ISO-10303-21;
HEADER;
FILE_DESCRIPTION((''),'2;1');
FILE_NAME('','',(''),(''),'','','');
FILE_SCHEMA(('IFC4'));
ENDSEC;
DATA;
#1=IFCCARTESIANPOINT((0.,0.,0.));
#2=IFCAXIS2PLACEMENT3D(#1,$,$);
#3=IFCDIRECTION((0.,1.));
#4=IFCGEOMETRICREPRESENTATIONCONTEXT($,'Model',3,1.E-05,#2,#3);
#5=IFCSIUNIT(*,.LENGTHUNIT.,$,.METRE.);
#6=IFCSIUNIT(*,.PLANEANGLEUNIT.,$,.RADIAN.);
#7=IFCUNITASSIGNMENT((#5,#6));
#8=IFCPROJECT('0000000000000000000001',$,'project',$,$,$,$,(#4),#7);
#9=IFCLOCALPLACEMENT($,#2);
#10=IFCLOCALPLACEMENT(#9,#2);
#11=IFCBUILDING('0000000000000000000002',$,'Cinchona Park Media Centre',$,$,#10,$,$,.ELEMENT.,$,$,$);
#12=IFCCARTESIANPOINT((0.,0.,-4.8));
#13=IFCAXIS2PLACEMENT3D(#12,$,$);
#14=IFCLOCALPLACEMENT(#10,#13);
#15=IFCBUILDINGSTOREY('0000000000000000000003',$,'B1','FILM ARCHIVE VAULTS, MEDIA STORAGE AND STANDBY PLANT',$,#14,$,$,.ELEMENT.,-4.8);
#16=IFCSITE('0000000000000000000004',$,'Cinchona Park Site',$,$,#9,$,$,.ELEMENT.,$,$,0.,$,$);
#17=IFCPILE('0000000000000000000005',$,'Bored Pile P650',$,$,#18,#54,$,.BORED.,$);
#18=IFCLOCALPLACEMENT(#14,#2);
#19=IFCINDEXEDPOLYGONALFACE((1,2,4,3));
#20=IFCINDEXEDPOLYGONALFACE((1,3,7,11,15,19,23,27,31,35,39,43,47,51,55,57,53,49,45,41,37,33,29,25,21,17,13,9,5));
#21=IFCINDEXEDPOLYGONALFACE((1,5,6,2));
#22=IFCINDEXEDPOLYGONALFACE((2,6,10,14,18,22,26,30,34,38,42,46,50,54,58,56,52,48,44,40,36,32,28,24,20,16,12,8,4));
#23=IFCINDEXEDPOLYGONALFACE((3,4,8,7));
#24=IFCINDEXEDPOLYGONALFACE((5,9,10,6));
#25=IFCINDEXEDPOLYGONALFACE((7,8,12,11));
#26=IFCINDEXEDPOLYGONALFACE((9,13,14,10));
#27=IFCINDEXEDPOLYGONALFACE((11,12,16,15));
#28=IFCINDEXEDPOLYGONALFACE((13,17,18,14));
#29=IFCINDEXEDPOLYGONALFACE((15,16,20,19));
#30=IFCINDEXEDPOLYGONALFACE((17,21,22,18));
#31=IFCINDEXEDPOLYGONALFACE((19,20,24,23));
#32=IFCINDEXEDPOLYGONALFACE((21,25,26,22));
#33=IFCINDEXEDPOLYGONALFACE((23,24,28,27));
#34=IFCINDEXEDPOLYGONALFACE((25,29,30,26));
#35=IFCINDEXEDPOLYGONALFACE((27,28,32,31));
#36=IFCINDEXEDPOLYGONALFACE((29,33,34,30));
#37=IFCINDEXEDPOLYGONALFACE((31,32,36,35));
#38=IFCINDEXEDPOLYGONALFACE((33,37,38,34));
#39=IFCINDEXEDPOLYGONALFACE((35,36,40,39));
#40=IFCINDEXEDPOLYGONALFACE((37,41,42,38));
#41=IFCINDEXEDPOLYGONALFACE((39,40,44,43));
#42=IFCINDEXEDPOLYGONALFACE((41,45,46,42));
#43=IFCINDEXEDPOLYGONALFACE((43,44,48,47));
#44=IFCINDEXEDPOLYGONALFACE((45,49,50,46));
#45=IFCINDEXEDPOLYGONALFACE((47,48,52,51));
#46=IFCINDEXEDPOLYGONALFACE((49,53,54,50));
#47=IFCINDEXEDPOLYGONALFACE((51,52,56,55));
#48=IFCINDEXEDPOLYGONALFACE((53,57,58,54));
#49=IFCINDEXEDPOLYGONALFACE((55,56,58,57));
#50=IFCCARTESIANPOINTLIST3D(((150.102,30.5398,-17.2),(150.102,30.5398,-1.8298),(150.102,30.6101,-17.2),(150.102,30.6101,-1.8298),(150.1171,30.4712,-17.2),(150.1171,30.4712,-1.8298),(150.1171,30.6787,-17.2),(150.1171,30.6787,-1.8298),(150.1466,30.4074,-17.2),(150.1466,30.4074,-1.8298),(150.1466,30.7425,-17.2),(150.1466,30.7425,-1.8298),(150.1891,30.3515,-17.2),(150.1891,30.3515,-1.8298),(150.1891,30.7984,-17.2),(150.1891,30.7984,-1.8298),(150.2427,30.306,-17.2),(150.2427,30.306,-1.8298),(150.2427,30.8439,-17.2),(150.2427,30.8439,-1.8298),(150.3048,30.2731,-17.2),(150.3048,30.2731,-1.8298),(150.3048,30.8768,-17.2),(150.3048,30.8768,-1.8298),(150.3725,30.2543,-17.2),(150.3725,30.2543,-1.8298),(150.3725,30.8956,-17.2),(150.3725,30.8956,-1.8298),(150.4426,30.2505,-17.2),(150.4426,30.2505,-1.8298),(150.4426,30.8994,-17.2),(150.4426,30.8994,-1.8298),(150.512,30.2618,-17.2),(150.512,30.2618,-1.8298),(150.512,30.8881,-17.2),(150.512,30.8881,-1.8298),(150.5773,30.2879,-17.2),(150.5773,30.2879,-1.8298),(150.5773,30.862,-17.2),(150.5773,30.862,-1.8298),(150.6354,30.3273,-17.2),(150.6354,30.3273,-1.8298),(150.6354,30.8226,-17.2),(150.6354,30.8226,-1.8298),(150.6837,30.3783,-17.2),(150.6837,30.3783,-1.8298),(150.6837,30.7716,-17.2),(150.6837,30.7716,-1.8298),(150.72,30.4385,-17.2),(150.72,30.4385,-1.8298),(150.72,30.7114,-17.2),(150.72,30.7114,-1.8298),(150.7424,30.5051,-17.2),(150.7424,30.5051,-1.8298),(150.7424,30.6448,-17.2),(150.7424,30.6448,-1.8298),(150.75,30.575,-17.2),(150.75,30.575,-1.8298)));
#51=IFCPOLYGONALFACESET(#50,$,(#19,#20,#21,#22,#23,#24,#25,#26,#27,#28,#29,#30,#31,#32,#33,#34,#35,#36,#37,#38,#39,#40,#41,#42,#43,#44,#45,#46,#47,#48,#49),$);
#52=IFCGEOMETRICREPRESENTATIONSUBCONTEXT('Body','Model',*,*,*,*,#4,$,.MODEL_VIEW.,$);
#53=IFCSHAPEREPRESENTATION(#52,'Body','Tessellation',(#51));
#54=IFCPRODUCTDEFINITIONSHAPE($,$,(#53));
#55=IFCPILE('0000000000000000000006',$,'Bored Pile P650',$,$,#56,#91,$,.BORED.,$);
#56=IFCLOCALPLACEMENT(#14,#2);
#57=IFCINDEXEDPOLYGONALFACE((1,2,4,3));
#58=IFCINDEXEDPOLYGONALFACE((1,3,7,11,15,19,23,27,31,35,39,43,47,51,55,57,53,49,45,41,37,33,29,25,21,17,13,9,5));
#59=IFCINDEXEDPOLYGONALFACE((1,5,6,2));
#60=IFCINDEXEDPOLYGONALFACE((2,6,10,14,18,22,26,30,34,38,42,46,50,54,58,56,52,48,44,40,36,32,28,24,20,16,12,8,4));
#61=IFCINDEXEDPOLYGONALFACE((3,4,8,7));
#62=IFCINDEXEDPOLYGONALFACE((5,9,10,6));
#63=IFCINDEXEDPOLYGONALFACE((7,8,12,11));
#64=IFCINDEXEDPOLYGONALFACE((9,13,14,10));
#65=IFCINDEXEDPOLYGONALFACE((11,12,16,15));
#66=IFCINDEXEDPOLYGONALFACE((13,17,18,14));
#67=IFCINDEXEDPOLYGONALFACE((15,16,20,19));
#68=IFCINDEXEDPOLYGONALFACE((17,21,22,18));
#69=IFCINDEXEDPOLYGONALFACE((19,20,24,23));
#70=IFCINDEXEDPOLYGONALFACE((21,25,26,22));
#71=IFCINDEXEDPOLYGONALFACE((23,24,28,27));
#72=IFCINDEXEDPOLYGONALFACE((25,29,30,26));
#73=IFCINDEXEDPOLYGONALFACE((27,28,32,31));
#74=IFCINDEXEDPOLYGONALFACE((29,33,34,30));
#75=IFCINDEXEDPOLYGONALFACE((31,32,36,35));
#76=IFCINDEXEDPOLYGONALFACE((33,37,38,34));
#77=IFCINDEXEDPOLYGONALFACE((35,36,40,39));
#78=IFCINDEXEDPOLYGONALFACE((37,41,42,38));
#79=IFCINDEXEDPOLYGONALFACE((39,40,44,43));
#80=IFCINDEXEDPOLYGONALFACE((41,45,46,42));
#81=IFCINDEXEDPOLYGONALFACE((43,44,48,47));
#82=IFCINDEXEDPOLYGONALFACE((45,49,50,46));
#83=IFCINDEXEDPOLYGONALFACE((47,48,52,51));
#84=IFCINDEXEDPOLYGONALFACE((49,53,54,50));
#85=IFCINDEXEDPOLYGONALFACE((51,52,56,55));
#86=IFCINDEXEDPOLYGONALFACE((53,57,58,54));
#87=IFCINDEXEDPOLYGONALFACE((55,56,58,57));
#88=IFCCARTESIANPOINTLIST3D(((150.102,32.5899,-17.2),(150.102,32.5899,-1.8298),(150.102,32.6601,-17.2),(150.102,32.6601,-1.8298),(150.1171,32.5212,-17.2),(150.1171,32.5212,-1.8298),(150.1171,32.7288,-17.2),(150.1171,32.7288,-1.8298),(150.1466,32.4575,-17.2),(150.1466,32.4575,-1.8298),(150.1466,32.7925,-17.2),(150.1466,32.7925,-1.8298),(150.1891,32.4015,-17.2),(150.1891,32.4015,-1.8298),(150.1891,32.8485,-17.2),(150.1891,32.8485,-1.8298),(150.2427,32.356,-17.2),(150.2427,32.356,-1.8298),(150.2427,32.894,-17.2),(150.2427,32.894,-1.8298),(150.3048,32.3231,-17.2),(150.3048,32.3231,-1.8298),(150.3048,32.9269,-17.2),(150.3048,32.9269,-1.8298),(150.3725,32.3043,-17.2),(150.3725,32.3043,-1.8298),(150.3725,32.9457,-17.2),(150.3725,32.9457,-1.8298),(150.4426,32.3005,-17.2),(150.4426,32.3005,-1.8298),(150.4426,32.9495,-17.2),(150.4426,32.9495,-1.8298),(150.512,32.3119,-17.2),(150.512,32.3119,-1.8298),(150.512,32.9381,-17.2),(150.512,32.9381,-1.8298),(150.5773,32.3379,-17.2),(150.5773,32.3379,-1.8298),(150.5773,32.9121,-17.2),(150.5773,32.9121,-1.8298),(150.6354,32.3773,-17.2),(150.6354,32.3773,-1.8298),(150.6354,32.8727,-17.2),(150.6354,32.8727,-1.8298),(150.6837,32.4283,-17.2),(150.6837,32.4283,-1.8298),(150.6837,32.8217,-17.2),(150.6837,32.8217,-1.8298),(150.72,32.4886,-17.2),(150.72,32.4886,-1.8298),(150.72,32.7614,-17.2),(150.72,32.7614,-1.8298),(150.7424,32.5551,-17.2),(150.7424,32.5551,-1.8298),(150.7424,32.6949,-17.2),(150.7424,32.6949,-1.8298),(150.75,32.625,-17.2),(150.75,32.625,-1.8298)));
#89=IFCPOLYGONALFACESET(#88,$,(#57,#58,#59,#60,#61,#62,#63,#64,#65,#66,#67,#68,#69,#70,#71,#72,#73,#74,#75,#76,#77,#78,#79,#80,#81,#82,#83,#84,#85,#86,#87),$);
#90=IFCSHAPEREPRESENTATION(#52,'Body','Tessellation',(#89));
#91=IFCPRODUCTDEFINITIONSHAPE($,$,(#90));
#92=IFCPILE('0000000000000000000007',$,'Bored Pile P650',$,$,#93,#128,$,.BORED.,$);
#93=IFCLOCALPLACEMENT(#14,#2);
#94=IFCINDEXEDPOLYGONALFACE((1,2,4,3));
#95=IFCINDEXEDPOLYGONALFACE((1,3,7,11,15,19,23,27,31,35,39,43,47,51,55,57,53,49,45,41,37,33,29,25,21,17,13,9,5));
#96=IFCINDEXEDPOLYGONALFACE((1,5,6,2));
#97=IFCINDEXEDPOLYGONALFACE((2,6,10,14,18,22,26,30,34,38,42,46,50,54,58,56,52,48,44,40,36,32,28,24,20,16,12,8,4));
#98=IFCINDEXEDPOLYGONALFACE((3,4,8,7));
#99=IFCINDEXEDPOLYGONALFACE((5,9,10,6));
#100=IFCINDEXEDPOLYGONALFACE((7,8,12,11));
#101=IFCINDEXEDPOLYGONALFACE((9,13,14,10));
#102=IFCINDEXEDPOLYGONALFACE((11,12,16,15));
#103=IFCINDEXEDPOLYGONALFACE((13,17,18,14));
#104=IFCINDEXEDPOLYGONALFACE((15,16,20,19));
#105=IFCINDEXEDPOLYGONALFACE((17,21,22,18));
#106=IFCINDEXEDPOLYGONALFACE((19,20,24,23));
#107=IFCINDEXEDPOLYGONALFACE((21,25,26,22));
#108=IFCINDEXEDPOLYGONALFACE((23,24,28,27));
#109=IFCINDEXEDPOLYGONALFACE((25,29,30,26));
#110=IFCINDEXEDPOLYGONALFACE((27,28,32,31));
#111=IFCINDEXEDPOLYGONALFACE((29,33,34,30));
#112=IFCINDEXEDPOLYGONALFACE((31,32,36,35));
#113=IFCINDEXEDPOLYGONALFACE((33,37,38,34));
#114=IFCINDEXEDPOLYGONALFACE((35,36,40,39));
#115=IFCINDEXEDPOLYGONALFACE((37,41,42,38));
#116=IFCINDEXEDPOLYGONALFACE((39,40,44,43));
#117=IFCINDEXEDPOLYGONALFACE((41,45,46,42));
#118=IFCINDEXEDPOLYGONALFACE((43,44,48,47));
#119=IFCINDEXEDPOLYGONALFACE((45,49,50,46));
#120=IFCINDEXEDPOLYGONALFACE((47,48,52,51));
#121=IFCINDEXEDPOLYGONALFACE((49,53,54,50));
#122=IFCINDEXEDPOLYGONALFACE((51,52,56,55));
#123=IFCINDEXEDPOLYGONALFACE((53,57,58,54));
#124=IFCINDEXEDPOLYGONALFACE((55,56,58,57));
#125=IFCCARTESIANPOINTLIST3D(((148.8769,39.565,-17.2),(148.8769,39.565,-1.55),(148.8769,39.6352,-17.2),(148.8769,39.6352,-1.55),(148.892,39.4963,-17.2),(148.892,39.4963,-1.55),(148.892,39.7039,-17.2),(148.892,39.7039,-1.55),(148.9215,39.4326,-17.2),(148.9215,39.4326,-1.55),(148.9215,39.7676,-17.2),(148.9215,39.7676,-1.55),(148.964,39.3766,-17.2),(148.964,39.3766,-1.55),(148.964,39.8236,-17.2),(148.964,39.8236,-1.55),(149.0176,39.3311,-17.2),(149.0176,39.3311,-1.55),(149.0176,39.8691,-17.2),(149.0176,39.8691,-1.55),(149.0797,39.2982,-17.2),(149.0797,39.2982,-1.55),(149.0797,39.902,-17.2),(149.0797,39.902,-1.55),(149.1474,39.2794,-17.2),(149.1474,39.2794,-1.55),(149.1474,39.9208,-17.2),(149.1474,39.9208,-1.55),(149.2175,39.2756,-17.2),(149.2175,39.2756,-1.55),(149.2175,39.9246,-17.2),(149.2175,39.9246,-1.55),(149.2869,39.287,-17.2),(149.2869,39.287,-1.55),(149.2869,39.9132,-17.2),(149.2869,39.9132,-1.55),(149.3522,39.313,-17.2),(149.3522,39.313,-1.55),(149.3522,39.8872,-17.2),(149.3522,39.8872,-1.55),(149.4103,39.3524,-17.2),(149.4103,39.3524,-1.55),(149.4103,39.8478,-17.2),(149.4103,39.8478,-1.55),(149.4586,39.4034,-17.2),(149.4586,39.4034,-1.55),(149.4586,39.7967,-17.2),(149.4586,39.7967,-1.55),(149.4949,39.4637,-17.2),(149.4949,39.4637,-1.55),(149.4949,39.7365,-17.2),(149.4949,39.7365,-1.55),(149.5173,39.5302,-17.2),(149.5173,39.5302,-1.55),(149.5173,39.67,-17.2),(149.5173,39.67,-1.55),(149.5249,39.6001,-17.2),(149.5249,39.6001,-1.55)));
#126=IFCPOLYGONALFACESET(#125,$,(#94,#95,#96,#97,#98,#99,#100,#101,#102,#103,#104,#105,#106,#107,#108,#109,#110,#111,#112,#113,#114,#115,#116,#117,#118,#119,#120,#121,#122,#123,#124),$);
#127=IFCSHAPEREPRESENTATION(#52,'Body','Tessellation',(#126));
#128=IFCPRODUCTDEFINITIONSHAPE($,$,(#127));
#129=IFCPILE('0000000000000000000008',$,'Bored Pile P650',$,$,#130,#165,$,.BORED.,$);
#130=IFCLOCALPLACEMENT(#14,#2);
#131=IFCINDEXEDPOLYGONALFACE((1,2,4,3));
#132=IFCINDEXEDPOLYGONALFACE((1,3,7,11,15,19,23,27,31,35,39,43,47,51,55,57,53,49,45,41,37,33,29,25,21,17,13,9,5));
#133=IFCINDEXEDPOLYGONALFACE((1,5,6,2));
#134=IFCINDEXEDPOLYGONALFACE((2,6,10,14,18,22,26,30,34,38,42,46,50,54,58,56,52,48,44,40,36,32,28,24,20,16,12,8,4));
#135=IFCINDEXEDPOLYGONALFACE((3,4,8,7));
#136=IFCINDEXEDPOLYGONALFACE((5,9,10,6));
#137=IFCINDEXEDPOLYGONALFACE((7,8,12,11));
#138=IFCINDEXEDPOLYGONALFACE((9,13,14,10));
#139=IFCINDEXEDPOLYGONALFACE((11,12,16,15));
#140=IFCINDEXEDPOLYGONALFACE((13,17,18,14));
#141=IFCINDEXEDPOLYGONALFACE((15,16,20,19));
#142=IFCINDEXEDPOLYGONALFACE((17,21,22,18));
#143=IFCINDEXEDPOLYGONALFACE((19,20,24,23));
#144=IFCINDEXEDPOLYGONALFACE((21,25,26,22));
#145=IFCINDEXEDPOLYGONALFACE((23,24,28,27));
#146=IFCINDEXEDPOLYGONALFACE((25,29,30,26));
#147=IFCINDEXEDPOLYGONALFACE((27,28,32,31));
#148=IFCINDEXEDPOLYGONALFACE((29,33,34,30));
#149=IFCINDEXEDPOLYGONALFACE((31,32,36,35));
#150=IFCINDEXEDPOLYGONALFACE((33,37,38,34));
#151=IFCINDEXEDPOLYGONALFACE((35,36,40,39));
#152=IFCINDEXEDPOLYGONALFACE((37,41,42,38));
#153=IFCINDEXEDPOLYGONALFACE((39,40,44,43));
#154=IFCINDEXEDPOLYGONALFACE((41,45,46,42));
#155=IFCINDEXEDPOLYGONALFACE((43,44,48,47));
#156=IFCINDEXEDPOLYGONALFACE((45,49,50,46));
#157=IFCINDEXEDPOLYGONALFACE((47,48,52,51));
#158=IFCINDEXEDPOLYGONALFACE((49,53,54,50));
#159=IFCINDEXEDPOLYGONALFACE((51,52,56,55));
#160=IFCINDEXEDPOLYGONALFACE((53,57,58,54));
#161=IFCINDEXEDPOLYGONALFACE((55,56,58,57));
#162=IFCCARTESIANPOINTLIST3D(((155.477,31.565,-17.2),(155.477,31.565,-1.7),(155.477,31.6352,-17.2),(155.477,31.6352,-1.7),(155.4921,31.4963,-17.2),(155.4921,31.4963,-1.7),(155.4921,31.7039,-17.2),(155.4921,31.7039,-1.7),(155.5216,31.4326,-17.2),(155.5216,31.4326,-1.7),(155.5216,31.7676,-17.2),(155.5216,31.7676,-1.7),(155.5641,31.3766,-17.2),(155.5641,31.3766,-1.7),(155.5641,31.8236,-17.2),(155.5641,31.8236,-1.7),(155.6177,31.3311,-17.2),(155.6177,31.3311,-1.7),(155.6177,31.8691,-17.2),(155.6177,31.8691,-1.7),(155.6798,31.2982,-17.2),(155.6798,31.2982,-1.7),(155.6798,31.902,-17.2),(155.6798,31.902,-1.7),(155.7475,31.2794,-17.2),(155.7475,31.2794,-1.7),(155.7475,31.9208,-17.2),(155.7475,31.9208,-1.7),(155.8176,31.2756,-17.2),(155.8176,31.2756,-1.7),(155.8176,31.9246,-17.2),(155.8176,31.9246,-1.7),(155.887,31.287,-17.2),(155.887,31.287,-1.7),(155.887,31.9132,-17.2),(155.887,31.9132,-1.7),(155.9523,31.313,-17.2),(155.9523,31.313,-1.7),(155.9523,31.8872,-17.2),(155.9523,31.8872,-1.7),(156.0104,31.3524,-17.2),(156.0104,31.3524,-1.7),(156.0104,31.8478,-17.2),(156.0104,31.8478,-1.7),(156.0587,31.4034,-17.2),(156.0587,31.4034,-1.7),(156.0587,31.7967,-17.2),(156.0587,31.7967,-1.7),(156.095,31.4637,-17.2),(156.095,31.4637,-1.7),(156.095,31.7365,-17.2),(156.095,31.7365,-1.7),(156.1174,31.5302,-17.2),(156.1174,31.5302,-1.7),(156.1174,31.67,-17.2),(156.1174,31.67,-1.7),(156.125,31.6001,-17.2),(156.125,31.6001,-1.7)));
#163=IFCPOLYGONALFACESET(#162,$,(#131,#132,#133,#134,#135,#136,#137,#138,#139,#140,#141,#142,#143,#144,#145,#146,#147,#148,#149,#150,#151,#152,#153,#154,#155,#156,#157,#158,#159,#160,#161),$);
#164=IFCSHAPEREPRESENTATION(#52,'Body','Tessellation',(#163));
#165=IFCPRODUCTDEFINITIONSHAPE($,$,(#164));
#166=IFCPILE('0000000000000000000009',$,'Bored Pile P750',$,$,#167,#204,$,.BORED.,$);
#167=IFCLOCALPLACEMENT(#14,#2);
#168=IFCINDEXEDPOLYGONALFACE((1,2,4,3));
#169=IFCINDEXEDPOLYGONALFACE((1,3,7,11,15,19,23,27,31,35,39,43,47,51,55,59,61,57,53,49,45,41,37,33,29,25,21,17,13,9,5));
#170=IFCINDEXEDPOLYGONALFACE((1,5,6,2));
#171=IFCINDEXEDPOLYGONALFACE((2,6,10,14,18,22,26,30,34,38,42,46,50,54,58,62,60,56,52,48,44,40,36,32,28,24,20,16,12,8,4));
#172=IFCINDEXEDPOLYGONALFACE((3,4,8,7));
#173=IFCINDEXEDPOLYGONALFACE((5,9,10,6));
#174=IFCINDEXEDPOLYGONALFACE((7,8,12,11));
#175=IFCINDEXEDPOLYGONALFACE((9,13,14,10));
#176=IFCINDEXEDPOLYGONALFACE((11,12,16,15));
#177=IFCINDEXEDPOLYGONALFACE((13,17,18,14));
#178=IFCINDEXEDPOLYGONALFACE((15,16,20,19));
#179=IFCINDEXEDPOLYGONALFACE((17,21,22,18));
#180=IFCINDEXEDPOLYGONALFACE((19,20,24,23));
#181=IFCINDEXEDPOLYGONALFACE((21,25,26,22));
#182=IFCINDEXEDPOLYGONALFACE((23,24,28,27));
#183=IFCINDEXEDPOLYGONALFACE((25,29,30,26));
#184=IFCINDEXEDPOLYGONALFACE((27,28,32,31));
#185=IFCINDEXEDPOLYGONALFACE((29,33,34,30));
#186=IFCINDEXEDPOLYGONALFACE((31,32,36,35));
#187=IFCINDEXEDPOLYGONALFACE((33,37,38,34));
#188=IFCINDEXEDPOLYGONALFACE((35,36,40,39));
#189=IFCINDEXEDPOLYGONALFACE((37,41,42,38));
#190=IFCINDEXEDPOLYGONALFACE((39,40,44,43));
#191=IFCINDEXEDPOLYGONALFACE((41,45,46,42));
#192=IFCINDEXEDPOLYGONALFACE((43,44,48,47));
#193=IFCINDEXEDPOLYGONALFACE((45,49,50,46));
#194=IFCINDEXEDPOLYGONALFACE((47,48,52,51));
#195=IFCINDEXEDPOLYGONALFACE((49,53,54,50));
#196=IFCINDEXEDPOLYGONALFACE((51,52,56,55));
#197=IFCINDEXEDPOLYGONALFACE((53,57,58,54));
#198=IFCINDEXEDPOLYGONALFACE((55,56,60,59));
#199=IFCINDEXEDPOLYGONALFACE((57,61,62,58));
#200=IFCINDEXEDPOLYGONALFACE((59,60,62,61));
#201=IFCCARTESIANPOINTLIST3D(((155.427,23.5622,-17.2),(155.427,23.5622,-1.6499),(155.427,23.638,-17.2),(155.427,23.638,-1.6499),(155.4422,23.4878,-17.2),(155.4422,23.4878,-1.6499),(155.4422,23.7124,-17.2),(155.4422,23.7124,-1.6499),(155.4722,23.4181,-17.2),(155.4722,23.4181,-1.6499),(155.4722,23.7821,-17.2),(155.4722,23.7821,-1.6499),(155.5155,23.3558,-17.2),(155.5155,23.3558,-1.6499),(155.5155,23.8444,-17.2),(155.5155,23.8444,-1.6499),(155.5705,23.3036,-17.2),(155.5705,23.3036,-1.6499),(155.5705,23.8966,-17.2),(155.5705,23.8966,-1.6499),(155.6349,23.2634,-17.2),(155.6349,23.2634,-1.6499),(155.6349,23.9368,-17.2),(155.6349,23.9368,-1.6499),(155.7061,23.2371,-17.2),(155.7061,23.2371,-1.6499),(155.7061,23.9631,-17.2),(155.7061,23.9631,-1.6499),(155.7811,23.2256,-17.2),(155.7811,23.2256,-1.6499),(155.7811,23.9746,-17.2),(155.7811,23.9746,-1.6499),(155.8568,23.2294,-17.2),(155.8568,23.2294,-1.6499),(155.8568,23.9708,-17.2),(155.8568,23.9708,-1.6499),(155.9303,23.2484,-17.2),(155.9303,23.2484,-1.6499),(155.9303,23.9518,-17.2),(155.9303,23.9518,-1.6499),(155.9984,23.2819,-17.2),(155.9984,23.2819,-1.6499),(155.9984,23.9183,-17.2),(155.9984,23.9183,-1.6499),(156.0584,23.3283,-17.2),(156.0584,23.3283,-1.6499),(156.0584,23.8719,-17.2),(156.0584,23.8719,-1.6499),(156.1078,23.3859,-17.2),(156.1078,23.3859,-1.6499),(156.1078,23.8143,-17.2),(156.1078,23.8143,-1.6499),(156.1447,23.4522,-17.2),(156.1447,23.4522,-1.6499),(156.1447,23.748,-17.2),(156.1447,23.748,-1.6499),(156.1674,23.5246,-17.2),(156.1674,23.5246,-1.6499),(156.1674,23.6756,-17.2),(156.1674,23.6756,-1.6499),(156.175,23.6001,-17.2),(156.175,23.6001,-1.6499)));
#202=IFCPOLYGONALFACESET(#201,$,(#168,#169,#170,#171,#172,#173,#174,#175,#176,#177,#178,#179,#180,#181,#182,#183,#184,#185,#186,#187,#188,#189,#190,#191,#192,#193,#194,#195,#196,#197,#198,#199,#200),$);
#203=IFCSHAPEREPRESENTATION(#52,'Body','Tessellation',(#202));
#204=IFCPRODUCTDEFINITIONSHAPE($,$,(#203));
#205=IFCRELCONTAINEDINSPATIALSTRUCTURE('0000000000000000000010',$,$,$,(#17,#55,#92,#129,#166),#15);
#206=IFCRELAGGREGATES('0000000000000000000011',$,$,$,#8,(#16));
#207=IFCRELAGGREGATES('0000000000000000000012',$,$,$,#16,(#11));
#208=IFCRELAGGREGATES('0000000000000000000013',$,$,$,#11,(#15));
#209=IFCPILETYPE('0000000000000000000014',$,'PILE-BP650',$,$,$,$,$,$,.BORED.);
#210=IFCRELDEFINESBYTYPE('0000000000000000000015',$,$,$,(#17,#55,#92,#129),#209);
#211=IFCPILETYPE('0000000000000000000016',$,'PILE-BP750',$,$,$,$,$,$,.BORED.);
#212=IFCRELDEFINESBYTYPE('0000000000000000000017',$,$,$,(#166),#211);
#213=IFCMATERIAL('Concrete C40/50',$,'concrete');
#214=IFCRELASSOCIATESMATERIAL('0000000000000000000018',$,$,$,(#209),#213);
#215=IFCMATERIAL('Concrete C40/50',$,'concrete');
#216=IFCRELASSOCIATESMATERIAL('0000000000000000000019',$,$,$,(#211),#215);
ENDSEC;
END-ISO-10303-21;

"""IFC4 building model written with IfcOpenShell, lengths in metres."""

from ifc_helpers import new_model, si_unit, direction, frame, origin, origin_2d, place, context, subcontext, project, spatial, circle, extrude, material, material_profile, profile_set, type_object, element, save


model = new_model("IFC4")

# Units and contexts
model_context = context("Model", 3, precision=1e-05, world=origin(), true_north=direction((0.0, 1.0)))
body_context = subcontext(model_context, "Body", "Model", "MODEL_VIEW")
ifc_project = project(units=[si_unit("LENGTHUNIT", "METRE"), si_unit("PLANEANGLEUNIT", "RADIAN")], contexts=[model_context])

# Site, building, storey
site_placement = place(None, origin())
site = spatial("IfcSite", under=ifc_project, at=site_placement, Name="Cinchona Park Site", CompositionType="ELEMENT", RefElevation=0.0)
building_placement = place(site_placement, origin())
building = spatial("IfcBuilding", under=site, at=building_placement, Name="Cinchona Park Media Centre", CompositionType="ELEMENT")
storey_placement = place(building_placement, frame((0.0, 0.0, -4.8)))
storey = spatial("IfcBuildingStorey", under=building, at=storey_placement, Name="B1", Description="FILM ARCHIVE VAULTS, MEDIA STORAGE AND STANDBY PLANT", CompositionType="ELEMENT", Elevation=-4.8)

# Piles
ifc_material_1 = material(Name="Concrete C40/50", Category="concrete")
ifc_material_profile_1 = material_profile(ifc_material_1, circle(Radius=0.325, at=origin_2d()), Name="BORED PILE 650")
ifc_profile_set_1 = profile_set([ifc_material_profile_1], Name="Concrete C40/50")
pile_type_1 = type_object("IfcPileType", Name="PILE-BP650", PredefinedType="BORED", material=ifc_profile_set_1)
for number, where, z_axis, x_axis, name in (
    (1, (150.425, 30.575, -1.8298), (0.0, 0.0, -1.0), (1.0, 0.0, 0.0), "Bored Pile P650"),
    (2, (150.425, 32.625, -1.8298), (0.0, 0.0, -1.0), (1.0, 0.0, 0.0), "Bored Pile P650"),
):
    element("IfcPile", number, at=place(storey_placement, frame(where, z_axis=z_axis, x_axis=x_axis)), inside=storey, type_object=pile_type_1, Name=name, PredefinedType="BORED", context=body_context, shape_type="SweptSolid", body=[
        extrude(circle(Radius=0.325, at=origin_2d()), origin(), (0.0, 0.0, 1.0), 15.3701),
    ])
pile_1_placement = place(storey_placement, frame((149.2, 39.6001, -1.55), z_axis=(0.0, 0.0, -1.0), x_axis=(1.0, 0.0, 0.0)))
element("IfcPile", 3, at=pile_1_placement, inside=storey, type_object=pile_type_1, Name="Bored Pile P650", PredefinedType="BORED", context=body_context, shape_type="SweptSolid", body=[
    extrude(circle(Radius=0.325, at=origin_2d()), origin(), (0.0, 0.0, 1.0), 15.6499),
])
pile_2_placement = place(storey_placement, frame((155.8, 31.6001, -1.7), z_axis=(0.0, 0.0, -1.0), x_axis=(1.0, 0.0, 0.0)))
element("IfcPile", 4, at=pile_2_placement, inside=storey, type_object=pile_type_1, Name="Bored Pile P650", PredefinedType="BORED", context=body_context, shape_type="SweptSolid", body=[
    extrude(circle(Radius=0.325, at=origin_2d()), origin(), (0.0, 0.0, 1.0), 15.5),
])
ifc_material_2 = material(Name="Concrete C40/50", Category="concrete")
ifc_material_profile_2 = material_profile(ifc_material_2, circle(Radius=0.375, at=origin_2d()), Name="BORED PILE 750")
ifc_profile_set_2 = profile_set([ifc_material_profile_2], Name="Concrete C40/50")
pile_type_2 = type_object("IfcPileType", Name="PILE-BP750", PredefinedType="BORED", material=ifc_profile_set_2)
pile_3_placement = place(storey_placement, frame((155.8, 23.6001, -1.6499), z_axis=(0.0, 0.0, -1.0), x_axis=(1.0, 0.0, 0.0)))
element("IfcPile", 5, at=pile_3_placement, inside=storey, type_object=pile_type_2, Name="Bored Pile P750", PredefinedType="BORED", context=body_context, shape_type="SweptSolid", body=[
    extrude(circle(Radius=0.375, at=origin_2d()), origin(), (0.0, 0.0, 1.0), 15.55),
])

save(model, "model.ifc")
